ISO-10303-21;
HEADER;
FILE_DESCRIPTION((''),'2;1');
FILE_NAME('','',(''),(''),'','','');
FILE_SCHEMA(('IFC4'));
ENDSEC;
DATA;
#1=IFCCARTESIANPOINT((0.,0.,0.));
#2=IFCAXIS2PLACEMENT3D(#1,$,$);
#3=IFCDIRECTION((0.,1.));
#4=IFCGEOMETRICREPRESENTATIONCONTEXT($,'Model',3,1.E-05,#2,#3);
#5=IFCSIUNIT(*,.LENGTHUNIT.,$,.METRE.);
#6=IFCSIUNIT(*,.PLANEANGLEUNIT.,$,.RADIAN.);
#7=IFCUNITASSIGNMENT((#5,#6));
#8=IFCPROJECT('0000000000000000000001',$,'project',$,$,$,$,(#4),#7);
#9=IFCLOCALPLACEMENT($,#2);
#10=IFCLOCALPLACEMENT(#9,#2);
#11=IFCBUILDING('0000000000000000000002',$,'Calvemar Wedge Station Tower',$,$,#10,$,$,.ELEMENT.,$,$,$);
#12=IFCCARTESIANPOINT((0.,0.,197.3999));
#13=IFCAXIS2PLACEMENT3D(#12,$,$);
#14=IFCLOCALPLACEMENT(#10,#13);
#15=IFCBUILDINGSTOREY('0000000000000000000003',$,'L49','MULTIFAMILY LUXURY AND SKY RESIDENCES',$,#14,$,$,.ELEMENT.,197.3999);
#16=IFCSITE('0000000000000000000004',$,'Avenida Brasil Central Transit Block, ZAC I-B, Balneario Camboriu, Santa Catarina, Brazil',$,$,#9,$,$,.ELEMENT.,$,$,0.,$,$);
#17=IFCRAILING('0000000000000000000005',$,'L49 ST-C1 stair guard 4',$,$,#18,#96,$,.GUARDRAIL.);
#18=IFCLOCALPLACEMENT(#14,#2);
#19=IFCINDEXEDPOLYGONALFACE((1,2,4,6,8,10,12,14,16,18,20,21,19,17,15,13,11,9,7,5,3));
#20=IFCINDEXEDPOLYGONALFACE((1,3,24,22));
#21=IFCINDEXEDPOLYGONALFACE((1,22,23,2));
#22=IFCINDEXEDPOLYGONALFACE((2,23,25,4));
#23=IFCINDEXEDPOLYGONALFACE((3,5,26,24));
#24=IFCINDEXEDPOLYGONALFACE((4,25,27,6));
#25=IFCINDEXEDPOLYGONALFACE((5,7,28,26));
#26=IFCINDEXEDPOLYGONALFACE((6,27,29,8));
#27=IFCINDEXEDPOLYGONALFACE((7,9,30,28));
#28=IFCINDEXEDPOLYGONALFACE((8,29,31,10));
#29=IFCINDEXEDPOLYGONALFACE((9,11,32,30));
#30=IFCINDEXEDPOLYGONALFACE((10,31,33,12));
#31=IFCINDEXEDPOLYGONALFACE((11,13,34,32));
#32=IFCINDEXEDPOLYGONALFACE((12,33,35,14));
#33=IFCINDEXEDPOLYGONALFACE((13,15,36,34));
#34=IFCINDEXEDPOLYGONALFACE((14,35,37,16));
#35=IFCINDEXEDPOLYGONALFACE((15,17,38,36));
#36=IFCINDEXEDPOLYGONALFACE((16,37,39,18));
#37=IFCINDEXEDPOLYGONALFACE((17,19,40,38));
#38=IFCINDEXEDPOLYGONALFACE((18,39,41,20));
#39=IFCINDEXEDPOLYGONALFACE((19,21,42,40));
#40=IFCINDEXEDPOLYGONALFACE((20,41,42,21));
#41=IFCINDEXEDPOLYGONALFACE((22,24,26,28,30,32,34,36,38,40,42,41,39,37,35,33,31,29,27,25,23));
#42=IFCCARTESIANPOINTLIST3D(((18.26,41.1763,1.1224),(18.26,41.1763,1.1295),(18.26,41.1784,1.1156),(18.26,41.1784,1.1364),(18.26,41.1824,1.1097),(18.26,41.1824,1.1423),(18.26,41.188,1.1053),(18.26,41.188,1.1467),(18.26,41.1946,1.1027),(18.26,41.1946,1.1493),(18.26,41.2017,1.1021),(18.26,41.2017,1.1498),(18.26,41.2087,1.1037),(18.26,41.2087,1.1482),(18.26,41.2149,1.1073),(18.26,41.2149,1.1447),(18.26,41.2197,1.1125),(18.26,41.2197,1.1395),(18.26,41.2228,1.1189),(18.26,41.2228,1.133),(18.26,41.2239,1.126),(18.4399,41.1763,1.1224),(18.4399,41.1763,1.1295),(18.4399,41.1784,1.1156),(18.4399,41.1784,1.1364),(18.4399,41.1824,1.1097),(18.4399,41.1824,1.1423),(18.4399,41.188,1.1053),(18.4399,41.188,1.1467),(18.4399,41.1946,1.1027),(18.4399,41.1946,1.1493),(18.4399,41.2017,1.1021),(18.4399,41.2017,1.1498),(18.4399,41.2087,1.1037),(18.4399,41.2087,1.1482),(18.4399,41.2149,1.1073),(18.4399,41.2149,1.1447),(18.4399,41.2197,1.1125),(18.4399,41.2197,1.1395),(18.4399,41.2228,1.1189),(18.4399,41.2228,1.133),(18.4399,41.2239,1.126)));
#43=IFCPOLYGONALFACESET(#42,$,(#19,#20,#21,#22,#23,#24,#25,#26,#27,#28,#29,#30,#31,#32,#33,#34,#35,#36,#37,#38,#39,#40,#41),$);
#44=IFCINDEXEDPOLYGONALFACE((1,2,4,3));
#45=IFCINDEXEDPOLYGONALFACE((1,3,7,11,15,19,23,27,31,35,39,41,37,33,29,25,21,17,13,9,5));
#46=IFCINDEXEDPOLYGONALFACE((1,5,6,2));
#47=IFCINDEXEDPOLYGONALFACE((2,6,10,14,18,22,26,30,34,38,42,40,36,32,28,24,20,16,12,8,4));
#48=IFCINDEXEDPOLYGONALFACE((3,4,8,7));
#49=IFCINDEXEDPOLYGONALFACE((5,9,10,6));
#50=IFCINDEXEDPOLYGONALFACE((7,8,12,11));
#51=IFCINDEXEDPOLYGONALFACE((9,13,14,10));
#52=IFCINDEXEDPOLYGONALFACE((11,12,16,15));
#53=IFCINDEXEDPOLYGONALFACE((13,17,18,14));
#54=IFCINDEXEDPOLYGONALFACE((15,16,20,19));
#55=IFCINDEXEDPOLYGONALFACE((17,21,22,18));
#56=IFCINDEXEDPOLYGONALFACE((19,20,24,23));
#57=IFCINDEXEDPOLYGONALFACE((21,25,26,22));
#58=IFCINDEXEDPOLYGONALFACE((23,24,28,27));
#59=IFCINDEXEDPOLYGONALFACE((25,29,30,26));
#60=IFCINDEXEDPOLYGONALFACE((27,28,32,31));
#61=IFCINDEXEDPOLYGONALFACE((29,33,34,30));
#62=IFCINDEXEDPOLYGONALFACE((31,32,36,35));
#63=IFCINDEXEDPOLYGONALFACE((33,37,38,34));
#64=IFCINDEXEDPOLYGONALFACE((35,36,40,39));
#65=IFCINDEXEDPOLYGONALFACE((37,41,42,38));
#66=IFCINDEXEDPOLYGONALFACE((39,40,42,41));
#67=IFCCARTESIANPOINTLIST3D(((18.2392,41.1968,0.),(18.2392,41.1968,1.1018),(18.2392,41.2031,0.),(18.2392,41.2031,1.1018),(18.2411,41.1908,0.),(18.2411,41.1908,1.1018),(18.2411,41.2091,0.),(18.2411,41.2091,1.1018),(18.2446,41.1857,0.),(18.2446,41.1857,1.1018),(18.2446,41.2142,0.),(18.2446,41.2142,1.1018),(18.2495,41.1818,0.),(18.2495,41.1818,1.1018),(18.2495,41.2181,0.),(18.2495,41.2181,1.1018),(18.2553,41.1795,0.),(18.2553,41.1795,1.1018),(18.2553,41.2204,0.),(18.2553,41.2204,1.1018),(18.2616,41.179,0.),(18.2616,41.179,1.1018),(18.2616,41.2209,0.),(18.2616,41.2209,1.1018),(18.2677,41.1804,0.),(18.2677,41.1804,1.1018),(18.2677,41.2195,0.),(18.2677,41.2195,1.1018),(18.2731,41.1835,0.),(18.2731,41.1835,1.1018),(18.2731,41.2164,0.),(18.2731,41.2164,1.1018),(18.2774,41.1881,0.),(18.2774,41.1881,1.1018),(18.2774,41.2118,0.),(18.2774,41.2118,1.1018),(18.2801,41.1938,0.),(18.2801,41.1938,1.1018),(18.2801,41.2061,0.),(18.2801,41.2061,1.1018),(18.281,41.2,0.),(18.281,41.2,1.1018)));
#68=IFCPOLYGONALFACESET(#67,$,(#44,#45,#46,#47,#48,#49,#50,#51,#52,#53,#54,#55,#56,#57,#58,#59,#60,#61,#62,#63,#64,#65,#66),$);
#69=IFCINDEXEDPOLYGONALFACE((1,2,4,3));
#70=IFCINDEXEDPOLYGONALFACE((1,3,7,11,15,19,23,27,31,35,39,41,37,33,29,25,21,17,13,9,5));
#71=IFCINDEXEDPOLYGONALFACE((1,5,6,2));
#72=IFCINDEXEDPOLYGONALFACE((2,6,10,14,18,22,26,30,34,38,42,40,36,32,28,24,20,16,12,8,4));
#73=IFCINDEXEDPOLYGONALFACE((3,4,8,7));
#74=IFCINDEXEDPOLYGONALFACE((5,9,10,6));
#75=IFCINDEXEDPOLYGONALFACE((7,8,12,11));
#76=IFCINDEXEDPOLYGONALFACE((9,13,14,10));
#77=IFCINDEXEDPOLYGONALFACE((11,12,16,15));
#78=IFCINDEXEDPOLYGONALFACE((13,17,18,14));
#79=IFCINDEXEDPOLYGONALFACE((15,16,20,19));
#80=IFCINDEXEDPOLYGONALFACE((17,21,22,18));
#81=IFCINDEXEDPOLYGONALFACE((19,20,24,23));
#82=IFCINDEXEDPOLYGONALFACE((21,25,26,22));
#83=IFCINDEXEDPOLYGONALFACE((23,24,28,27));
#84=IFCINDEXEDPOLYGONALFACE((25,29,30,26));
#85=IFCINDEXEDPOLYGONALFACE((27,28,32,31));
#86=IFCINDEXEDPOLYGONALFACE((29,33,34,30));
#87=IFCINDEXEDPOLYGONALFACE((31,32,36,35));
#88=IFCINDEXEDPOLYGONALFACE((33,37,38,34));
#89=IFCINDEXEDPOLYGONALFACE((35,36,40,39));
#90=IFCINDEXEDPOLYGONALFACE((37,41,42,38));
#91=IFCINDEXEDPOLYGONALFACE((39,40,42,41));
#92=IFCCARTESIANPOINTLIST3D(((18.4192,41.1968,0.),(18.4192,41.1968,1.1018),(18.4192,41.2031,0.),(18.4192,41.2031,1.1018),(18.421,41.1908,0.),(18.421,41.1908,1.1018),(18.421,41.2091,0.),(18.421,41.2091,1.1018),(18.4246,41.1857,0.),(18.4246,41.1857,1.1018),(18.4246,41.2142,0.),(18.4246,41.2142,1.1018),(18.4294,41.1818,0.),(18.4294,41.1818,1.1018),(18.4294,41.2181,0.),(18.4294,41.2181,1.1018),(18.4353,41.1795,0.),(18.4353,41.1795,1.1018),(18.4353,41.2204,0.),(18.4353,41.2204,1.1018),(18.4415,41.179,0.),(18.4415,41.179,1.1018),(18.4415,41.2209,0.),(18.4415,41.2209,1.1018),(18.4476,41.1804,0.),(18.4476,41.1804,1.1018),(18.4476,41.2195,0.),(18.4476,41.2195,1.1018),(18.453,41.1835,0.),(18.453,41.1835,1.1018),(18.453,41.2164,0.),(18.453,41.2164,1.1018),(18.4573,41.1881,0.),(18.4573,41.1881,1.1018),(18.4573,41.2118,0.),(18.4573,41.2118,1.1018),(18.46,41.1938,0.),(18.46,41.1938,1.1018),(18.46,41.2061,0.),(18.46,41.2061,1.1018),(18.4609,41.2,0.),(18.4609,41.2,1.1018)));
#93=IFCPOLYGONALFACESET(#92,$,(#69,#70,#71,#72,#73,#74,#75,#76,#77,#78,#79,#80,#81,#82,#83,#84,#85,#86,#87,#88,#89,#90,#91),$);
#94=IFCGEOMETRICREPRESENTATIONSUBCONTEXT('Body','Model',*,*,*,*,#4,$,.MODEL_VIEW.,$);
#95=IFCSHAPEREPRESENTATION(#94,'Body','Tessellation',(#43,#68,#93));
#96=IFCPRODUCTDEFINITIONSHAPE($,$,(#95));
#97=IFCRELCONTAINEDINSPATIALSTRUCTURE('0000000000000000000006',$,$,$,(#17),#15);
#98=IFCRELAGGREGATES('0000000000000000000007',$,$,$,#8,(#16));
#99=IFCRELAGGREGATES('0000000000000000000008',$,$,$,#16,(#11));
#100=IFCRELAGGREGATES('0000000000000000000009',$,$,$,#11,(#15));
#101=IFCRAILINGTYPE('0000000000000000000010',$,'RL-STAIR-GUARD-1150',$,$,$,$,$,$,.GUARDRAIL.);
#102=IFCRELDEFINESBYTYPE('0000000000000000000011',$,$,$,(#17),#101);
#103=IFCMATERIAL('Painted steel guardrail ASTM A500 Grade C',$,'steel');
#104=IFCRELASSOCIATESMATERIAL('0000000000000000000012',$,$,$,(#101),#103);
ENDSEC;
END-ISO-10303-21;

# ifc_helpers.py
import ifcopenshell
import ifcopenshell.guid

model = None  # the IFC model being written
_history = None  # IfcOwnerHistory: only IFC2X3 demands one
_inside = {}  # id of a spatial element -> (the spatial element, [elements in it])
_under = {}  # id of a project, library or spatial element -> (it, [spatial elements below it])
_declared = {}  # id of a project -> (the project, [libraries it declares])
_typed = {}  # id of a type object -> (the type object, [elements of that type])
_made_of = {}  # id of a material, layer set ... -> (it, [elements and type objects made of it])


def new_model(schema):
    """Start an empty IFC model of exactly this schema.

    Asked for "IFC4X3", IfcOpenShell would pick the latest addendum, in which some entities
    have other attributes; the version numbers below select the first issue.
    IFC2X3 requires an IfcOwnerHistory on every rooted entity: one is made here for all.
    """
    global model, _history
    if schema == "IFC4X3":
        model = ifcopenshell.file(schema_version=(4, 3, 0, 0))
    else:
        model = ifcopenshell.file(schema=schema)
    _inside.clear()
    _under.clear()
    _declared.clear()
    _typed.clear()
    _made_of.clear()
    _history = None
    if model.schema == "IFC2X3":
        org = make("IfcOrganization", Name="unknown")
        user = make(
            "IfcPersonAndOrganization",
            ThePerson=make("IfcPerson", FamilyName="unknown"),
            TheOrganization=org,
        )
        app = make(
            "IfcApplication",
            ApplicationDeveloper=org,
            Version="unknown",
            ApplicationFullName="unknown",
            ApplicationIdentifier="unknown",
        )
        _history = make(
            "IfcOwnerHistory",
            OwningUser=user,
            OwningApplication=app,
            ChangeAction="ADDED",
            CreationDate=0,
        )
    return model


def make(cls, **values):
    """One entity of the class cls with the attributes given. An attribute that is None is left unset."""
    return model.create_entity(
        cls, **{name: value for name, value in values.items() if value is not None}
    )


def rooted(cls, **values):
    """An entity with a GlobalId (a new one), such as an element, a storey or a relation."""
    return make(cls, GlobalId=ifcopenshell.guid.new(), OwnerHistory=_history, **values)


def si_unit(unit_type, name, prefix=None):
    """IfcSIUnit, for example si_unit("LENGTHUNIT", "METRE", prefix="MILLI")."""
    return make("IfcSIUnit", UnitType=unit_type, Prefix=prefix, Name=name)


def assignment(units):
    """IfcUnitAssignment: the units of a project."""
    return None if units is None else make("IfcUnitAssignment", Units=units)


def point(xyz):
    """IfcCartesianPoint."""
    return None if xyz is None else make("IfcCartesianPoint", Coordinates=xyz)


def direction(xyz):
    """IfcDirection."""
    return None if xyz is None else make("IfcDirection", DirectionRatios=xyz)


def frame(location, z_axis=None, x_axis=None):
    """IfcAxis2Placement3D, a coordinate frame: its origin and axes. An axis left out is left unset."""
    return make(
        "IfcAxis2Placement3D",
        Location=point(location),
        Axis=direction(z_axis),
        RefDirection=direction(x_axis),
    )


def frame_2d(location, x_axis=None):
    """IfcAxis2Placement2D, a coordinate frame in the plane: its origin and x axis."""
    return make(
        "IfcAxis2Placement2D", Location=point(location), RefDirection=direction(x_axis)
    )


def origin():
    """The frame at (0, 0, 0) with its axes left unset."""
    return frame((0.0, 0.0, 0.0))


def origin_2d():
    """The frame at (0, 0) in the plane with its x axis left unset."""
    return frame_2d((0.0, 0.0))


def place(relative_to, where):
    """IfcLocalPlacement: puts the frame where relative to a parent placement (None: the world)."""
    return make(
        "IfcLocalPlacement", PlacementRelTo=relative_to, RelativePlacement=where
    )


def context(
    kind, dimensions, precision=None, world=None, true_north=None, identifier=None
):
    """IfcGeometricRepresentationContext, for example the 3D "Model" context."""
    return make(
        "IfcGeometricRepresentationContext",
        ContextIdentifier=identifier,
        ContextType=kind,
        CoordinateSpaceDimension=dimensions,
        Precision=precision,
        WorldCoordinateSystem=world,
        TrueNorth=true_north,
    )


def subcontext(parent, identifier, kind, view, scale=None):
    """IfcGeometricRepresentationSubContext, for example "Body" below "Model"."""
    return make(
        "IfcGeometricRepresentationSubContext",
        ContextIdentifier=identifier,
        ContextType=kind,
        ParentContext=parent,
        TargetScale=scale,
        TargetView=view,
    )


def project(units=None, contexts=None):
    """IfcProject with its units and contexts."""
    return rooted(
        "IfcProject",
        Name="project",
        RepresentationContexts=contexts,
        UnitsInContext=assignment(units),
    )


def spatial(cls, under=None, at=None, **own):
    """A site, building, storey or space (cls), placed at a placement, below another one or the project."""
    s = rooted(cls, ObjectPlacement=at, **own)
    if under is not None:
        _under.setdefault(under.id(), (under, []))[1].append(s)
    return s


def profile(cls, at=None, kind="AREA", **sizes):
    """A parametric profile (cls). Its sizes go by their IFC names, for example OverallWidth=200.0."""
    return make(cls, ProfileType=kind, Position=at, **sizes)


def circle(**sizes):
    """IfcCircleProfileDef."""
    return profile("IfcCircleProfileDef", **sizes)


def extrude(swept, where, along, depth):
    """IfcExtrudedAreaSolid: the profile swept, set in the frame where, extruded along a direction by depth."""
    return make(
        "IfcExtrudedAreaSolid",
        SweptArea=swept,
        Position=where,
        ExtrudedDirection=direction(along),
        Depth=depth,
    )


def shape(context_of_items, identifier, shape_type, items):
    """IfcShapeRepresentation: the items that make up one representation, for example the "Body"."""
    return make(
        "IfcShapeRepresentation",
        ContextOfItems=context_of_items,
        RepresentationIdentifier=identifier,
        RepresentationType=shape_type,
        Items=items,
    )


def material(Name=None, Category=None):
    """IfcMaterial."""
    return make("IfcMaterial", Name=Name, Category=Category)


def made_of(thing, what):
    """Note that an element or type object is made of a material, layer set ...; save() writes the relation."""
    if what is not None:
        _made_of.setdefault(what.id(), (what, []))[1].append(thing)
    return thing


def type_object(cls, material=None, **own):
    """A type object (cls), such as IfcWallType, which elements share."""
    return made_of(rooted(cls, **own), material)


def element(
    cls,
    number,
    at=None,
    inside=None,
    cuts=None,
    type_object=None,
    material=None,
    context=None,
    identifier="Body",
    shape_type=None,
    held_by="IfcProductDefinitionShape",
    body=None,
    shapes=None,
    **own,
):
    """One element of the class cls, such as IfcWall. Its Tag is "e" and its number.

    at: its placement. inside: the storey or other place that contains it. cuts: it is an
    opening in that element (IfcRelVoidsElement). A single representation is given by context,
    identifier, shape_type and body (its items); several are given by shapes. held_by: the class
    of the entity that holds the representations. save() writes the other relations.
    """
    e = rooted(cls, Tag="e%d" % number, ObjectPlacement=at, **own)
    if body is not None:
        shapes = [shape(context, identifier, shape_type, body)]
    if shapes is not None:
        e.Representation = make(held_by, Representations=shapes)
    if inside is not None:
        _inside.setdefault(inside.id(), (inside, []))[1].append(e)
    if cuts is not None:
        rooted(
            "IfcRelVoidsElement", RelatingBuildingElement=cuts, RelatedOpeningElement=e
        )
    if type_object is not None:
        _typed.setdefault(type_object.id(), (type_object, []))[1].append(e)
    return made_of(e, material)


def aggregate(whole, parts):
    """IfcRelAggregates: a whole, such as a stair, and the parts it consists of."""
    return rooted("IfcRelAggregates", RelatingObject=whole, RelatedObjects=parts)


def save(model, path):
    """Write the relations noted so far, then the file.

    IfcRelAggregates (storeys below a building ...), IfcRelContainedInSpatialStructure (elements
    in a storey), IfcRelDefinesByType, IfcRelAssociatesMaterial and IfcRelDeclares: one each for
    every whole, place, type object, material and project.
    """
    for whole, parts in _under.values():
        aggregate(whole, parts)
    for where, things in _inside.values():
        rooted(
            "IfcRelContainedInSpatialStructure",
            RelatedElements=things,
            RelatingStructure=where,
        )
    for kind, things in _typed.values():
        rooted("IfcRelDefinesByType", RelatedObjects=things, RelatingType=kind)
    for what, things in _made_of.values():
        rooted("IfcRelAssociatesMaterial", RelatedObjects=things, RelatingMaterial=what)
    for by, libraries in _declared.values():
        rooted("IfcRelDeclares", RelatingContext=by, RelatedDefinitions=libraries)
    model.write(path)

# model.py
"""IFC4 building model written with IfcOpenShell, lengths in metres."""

from ifc_helpers import new_model, si_unit, direction, frame, origin, origin_2d, place, context, subcontext, project, spatial, circle, extrude, material, type_object, element, save


model = new_model("IFC4")

# Units and contexts
model_context = context("Model", 3, precision=1e-05, world=origin(), true_north=direction((0.0, 1.0)))
body_context = subcontext(model_context, "Body", "Model", "MODEL_VIEW")
ifc_project = project(units=[si_unit("LENGTHUNIT", "METRE"), si_unit("PLANEANGLEUNIT", "RADIAN")], contexts=[model_context])

# Site, building, storey
site_placement = place(None, origin())
site = spatial("IfcSite", under=ifc_project, at=site_placement, Name="Avenida Brasil Central Transit Block, ZAC I-B, Balneario Camboriu, Santa Catarina, Brazil", CompositionType="ELEMENT", RefElevation=0.0)
building_placement = place(site_placement, origin())
building = spatial("IfcBuilding", under=site, at=building_placement, Name="Calvemar Wedge Station Tower", CompositionType="ELEMENT")
storey_placement = place(building_placement, frame((0.0, 0.0, 197.3999)))
storey = spatial("IfcBuildingStorey", under=building, at=storey_placement, Name="L49", Description="MULTIFAMILY LUXURY AND SKY RESIDENCES", CompositionType="ELEMENT", Elevation=197.3999)

# Railing
ifc_material_1 = material(Name="Painted steel guardrail ASTM A500 Grade C", Category="steel")
railing_type_1 = type_object("IfcRailingType", Name="RL-STAIR-GUARD-1150", PredefinedType="GUARDRAIL", material=ifc_material_1)
railing_1_placement = place(storey_placement, frame((18.26, 41.2, 0.0)))
element("IfcRailing", 1, at=railing_1_placement, inside=storey, type_object=railing_type_1, Name="L49 ST-C1 stair guard 4", PredefinedType="GUARDRAIL", context=body_context, shape_type="SweptSolid", body=[
    extrude(circle(Radius=0.0239, at=origin_2d()), frame((0.0, 0.0, 1.126), z_axis=(1.0, 0.0, 0.0), x_axis=(0.0, 1.0, 0.0)), (0.0, 0.0, 1.0), 0.1799),
    extrude(circle(Radius=0.021, at=origin_2d()), origin(), (0.0, 0.0, 1.0), 1.1018),
    extrude(circle(Radius=0.021, at=origin_2d()), frame((0.1799, 0.0, 0.0)), (0.0, 0.0, 1.0), 1.1018),
])

save(model, "model.ifc")
